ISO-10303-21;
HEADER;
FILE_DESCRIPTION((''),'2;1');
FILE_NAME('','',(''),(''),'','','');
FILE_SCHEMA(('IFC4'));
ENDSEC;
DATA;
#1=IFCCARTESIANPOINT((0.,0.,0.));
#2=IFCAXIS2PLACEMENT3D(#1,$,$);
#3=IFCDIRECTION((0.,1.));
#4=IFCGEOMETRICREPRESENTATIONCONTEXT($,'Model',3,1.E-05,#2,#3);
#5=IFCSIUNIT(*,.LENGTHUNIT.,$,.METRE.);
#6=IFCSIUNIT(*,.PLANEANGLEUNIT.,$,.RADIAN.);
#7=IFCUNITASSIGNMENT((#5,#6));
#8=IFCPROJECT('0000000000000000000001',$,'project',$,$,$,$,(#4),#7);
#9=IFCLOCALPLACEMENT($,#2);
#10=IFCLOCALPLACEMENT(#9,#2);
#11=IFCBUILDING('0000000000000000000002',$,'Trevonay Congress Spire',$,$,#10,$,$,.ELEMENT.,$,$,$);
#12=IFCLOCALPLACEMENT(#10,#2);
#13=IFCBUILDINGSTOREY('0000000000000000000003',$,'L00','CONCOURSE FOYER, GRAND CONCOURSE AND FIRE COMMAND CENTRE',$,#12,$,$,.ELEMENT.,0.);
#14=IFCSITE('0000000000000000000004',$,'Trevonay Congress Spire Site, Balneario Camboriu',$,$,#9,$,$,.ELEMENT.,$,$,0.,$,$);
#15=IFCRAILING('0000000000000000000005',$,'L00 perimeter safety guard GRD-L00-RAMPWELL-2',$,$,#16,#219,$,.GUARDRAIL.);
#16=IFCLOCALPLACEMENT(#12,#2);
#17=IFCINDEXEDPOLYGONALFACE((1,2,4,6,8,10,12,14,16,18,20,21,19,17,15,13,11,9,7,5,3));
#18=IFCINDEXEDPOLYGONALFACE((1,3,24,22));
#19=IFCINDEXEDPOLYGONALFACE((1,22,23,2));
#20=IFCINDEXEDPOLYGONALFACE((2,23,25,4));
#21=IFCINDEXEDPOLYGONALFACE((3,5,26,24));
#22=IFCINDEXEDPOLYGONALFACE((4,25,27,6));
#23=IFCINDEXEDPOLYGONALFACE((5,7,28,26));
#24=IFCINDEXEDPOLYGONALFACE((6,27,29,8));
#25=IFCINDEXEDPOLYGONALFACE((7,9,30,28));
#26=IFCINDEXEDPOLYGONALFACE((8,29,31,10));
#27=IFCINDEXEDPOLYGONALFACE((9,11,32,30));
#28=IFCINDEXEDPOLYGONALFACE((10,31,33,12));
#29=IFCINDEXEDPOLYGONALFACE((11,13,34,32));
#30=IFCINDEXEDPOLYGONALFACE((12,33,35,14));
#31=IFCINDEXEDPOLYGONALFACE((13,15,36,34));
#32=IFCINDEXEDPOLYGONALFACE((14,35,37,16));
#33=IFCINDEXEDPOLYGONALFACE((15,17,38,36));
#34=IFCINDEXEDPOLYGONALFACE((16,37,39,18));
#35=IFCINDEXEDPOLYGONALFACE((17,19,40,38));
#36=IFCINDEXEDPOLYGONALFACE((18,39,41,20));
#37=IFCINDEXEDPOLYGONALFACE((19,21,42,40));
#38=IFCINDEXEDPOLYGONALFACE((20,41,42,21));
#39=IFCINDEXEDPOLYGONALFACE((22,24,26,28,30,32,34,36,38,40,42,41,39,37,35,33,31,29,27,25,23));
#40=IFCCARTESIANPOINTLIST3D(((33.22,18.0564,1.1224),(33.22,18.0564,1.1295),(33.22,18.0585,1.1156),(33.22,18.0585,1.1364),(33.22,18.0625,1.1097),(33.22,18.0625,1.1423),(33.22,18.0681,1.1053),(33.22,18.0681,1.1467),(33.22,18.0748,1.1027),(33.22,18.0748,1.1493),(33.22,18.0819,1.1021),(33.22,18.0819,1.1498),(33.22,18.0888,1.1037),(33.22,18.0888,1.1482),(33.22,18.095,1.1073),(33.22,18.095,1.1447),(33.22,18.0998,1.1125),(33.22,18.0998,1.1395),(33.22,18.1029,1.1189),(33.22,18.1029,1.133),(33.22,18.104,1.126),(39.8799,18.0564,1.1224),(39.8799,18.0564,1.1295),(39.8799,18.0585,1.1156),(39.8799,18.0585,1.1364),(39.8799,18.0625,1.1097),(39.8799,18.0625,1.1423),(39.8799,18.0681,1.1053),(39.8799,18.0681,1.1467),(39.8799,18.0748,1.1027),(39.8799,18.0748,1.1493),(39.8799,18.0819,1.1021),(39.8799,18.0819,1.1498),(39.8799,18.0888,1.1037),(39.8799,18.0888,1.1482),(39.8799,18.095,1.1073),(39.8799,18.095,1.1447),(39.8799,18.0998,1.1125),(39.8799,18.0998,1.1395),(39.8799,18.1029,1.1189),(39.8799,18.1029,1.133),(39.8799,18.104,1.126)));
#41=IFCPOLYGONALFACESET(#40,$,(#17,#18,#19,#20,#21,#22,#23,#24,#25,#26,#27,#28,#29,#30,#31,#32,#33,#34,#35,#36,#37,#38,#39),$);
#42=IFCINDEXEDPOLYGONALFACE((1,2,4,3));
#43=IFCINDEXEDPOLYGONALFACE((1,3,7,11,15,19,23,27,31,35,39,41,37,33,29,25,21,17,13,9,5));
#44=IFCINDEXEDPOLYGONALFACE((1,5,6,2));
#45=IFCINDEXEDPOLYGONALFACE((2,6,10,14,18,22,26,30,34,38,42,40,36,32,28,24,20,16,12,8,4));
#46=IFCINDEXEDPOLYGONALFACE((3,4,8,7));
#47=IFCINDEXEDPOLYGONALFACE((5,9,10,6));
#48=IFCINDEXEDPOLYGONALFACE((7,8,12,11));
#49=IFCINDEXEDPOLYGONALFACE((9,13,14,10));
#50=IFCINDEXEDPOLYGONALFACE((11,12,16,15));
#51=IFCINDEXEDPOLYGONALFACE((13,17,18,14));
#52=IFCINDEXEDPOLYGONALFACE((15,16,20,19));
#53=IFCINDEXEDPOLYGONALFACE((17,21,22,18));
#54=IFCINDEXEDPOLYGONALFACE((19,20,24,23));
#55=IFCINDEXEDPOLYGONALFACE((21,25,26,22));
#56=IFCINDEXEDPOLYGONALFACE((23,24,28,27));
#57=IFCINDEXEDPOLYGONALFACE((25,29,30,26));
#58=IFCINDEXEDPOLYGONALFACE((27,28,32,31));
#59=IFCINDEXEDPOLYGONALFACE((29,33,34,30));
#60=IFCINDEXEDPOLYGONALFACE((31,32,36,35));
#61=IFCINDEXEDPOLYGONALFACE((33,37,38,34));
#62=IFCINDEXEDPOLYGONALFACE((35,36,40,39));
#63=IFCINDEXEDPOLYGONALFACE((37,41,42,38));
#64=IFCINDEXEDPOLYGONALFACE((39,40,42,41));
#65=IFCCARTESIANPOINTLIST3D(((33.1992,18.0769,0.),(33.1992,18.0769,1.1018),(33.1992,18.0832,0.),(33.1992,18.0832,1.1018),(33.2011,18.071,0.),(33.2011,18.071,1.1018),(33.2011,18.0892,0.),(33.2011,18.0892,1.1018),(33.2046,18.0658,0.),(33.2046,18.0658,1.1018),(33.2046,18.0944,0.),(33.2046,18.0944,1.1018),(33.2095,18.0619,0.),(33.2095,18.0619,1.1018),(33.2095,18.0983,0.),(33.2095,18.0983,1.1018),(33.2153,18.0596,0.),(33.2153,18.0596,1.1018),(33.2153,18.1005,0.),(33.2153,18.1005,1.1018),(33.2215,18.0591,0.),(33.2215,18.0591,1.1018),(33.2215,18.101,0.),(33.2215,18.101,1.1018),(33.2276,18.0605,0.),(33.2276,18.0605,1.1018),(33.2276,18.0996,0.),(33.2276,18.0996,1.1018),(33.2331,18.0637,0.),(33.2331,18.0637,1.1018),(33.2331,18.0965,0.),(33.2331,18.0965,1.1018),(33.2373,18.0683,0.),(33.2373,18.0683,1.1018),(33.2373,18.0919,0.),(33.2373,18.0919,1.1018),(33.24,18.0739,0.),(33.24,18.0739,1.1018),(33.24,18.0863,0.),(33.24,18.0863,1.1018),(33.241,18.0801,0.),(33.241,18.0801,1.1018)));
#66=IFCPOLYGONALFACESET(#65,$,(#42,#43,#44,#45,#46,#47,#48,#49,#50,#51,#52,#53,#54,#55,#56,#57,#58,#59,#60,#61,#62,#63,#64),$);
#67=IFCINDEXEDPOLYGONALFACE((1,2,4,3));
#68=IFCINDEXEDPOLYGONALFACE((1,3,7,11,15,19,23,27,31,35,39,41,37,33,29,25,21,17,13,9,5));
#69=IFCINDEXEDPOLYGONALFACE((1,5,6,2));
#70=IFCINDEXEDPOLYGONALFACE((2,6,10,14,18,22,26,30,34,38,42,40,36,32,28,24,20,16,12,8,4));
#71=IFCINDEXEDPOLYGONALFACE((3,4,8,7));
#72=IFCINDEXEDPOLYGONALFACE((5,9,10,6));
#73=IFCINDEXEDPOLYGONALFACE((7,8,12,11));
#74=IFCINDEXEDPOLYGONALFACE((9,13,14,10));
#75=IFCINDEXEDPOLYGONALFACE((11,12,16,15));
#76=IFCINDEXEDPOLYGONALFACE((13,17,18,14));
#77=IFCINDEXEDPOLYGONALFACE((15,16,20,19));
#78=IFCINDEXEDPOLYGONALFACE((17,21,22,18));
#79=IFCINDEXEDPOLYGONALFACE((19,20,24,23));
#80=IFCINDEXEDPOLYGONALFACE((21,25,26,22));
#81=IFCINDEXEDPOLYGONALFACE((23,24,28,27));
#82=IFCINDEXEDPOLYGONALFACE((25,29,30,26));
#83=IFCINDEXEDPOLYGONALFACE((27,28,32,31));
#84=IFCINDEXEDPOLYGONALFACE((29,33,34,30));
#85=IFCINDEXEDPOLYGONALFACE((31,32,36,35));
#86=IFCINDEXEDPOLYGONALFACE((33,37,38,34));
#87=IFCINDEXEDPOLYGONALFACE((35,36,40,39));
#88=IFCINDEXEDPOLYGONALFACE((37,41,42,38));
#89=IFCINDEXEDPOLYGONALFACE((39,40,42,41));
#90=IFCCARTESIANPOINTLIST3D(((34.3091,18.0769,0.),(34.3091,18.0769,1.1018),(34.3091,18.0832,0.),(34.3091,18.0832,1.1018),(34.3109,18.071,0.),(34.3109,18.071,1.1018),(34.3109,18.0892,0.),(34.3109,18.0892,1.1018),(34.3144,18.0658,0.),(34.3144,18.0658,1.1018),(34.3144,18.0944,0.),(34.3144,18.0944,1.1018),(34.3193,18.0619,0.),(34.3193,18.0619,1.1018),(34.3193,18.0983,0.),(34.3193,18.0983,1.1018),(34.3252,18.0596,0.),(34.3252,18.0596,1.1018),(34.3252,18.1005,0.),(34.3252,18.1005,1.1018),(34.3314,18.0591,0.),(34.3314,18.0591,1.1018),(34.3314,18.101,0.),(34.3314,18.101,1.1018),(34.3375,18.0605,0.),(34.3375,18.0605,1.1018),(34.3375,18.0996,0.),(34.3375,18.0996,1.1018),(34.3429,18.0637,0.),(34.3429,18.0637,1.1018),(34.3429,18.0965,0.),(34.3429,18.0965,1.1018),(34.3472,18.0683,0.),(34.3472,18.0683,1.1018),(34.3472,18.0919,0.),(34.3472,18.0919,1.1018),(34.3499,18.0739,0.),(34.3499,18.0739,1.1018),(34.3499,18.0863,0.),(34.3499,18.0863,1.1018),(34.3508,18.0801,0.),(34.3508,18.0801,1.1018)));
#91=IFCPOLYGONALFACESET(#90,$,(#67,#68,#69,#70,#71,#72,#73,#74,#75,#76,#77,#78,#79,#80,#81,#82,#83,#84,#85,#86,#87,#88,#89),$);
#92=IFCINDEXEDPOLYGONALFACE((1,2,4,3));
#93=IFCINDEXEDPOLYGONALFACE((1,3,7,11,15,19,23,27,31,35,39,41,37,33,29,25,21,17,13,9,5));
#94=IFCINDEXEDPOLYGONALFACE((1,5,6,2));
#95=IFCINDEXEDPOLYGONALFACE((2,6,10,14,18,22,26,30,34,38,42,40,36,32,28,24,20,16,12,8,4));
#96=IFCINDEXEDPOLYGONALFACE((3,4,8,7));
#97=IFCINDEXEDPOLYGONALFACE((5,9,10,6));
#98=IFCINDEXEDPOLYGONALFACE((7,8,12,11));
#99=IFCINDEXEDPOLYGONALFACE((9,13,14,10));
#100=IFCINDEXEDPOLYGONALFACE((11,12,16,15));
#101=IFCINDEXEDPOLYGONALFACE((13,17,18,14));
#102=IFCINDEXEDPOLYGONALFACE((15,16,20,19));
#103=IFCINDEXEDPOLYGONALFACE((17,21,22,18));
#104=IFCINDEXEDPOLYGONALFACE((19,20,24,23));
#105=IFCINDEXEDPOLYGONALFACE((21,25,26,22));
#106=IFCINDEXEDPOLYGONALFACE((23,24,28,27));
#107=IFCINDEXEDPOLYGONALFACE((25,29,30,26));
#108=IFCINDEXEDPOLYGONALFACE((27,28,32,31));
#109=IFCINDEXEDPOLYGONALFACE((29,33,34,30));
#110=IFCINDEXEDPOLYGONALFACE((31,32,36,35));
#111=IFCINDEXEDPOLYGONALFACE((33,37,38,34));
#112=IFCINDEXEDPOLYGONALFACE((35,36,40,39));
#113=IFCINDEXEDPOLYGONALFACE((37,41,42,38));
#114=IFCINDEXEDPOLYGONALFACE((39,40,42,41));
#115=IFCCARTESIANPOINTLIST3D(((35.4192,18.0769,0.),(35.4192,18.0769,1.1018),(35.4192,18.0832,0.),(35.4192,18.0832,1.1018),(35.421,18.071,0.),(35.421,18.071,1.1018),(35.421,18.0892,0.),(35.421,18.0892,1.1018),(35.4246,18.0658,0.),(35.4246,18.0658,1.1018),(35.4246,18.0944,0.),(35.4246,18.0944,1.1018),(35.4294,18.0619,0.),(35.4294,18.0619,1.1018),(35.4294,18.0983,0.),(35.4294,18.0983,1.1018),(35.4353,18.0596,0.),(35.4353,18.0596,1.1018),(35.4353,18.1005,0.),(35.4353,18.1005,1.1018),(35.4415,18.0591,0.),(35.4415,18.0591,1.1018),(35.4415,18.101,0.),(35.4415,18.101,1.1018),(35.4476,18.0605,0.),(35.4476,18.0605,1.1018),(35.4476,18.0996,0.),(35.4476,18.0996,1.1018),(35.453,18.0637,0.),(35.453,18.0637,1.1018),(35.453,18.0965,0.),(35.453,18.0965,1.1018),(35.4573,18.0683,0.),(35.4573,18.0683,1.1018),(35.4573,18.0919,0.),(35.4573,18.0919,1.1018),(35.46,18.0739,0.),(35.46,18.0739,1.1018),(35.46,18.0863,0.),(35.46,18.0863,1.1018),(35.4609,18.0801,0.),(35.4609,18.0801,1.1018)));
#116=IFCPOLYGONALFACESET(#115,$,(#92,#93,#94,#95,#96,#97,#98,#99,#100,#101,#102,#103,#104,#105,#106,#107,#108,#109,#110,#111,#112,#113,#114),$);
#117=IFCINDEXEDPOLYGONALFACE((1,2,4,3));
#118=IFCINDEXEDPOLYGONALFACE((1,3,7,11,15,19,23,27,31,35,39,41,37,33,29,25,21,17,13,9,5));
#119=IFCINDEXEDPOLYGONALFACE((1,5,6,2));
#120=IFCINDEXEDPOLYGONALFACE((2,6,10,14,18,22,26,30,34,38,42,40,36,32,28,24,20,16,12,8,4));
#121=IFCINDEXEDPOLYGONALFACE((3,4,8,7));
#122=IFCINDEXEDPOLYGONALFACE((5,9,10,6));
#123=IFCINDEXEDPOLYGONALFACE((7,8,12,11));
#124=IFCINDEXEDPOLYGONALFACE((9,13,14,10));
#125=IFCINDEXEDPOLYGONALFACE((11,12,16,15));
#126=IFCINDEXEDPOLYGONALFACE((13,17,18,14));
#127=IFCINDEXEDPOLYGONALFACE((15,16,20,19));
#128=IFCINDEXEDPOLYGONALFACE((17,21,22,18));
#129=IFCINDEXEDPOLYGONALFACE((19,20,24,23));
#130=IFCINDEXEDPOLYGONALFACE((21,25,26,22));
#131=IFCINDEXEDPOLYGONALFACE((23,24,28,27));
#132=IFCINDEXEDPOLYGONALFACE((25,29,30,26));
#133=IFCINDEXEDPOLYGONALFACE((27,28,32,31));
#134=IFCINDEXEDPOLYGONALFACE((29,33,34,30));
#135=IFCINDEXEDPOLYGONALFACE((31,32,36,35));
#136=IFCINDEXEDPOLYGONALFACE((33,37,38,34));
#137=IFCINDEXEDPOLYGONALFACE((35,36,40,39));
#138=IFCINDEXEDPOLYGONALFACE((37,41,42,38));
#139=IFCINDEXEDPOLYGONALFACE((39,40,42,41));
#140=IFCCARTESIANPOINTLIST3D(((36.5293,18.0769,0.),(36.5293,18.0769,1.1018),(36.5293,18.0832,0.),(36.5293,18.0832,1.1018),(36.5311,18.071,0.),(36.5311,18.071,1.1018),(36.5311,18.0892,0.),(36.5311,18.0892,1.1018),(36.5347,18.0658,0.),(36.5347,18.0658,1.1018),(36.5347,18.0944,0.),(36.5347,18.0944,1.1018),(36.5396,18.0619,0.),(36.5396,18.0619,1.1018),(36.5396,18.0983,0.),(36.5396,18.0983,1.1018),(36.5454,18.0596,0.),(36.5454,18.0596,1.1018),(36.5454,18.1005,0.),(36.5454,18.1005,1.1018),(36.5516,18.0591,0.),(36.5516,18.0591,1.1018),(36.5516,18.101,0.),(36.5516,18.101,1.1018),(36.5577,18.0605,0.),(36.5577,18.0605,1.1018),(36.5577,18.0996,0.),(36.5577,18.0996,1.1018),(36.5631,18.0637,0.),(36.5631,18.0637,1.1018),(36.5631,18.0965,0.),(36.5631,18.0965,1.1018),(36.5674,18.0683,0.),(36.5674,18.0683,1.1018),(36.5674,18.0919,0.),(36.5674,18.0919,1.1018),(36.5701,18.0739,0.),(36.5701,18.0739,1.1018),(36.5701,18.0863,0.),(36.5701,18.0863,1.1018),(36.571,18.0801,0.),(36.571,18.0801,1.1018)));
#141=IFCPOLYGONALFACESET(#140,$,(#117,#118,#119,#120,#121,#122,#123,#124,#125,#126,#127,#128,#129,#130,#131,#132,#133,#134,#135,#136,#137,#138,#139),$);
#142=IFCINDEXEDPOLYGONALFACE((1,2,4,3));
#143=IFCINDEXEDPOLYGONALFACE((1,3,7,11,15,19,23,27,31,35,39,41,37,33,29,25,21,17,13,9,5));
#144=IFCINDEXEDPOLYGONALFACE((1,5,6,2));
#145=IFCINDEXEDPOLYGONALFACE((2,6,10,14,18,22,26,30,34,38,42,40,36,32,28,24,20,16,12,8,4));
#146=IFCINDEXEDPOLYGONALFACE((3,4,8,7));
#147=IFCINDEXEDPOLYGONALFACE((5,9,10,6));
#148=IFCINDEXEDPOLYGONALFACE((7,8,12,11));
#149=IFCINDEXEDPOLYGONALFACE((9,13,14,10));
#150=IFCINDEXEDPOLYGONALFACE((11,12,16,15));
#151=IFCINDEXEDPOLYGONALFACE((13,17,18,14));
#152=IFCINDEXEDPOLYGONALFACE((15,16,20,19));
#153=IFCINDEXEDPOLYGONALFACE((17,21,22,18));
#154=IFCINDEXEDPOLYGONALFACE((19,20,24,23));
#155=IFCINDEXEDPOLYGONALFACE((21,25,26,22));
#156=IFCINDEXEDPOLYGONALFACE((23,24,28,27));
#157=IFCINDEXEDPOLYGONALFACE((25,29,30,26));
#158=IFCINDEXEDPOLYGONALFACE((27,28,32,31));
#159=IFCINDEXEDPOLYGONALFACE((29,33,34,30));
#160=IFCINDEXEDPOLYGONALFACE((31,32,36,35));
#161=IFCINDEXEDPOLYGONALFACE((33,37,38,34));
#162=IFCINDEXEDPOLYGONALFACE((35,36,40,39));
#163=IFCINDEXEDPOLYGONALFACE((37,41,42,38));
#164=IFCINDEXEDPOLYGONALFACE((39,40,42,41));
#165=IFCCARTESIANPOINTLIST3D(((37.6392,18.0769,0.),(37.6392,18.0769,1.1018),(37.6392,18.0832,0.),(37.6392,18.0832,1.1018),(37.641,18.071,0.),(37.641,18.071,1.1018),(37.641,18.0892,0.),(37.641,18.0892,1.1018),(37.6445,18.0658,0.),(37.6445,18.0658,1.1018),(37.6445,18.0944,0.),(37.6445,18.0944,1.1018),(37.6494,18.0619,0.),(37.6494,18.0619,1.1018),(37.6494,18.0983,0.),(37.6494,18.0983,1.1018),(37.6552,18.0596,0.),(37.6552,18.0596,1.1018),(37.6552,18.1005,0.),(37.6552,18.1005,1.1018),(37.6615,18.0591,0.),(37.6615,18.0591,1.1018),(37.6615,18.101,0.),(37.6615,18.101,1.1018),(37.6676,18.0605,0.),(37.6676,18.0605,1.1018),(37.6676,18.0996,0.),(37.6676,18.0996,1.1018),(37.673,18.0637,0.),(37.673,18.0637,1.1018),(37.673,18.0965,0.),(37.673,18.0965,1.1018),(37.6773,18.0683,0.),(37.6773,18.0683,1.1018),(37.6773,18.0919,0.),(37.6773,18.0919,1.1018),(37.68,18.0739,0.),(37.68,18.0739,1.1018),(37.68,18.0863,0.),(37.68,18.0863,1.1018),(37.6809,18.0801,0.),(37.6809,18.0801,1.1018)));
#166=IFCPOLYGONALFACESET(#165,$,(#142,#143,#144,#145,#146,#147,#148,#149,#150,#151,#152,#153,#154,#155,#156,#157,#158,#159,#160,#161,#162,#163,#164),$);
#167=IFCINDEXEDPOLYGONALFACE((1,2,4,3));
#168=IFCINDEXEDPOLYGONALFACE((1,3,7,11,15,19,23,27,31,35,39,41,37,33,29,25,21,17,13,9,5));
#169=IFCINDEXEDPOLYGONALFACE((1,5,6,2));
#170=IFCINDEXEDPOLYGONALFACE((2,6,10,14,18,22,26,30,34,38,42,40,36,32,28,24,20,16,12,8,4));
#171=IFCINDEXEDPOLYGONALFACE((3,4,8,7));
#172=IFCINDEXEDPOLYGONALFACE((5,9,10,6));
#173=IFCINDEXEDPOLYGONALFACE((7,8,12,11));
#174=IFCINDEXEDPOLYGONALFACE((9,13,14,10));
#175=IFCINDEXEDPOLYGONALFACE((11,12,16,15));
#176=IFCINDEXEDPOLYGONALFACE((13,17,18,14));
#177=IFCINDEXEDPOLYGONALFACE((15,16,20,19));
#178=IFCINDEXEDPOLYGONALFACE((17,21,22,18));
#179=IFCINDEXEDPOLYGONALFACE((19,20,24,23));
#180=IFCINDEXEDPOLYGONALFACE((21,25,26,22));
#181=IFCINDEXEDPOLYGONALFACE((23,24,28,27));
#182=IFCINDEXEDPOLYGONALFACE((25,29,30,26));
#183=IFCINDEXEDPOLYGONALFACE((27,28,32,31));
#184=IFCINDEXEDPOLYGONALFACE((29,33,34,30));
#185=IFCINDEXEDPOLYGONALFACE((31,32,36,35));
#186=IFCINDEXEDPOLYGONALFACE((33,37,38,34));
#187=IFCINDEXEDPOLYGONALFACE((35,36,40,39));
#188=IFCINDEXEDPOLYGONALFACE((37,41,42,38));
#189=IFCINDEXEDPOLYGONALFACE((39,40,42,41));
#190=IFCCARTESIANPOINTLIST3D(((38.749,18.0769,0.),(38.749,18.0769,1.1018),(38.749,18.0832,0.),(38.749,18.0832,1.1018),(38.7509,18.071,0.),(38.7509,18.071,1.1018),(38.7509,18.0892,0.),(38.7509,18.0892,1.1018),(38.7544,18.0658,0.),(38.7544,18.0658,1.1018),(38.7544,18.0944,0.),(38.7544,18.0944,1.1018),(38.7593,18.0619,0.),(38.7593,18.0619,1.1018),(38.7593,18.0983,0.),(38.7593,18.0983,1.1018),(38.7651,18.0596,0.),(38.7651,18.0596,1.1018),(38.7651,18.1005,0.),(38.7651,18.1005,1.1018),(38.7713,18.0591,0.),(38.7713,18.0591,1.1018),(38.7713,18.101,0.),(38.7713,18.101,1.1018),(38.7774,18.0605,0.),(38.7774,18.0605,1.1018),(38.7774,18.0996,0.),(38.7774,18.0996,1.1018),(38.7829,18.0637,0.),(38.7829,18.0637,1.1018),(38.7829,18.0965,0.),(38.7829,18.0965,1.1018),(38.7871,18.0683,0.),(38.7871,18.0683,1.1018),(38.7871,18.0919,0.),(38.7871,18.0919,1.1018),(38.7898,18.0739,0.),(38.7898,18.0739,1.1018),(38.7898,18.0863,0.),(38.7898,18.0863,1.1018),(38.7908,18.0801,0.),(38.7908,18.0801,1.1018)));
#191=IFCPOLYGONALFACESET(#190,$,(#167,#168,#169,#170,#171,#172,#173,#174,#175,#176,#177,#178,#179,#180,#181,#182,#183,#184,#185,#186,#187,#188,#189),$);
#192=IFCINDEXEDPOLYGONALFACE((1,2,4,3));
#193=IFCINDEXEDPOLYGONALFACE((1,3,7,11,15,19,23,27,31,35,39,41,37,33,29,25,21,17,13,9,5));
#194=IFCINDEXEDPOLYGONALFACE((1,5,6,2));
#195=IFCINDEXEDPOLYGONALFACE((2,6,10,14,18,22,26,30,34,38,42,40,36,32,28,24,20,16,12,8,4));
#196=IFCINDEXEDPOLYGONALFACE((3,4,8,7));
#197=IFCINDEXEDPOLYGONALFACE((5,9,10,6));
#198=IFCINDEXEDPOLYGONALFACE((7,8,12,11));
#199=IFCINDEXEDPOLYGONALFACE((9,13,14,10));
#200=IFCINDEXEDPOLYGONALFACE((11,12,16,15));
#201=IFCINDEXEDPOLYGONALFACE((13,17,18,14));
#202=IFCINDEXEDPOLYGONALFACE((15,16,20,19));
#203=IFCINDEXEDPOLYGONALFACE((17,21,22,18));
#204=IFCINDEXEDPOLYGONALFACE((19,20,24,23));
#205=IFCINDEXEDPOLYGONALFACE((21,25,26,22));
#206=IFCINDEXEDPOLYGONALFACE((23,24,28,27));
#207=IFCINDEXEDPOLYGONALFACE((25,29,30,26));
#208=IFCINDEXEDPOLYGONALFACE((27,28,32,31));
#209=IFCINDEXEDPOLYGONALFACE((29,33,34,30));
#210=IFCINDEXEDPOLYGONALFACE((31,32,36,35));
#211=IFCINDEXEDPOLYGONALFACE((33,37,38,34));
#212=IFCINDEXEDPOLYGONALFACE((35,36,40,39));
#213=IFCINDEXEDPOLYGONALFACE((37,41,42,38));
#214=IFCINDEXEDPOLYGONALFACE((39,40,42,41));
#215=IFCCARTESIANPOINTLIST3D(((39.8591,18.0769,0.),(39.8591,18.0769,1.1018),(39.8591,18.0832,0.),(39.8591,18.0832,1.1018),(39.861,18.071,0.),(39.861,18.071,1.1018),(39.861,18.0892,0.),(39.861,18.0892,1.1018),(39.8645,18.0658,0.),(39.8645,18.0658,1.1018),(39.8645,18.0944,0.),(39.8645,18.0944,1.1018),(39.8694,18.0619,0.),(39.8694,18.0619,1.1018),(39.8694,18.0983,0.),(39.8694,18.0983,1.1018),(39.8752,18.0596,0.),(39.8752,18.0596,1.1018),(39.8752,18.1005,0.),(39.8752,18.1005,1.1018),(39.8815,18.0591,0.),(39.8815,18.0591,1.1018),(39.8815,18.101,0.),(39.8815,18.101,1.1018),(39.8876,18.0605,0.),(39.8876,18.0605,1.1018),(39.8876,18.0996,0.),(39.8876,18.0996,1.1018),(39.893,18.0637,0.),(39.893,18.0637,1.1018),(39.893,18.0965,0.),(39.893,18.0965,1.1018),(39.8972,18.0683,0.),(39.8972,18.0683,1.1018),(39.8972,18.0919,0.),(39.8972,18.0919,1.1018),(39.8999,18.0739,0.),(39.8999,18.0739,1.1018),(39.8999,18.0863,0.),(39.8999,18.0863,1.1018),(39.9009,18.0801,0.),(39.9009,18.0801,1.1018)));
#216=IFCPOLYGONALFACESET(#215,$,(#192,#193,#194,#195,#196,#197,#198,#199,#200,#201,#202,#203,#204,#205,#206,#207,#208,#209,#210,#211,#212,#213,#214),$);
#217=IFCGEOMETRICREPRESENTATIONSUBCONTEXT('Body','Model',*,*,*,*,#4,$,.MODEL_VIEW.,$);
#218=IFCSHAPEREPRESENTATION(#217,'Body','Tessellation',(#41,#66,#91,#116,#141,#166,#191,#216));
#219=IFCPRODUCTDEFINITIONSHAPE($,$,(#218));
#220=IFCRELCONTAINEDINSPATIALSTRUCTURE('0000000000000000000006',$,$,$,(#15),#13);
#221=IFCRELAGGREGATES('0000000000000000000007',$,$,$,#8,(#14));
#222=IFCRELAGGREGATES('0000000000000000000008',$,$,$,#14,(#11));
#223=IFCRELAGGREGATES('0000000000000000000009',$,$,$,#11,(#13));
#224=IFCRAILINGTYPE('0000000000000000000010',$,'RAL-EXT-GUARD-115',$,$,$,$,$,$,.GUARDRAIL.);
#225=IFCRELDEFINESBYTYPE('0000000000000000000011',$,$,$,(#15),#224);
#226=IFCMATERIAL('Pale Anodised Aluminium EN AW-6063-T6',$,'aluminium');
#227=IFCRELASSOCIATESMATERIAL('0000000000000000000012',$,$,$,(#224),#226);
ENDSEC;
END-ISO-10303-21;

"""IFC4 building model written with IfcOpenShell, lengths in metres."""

from ifc_helpers import new_model, si_unit, direction, frame, origin, origin_2d, place, context, subcontext, project, spatial, circle, extrude, material, type_object, element, save


model = new_model("IFC4")

# Units and contexts
model_context = context("Model", 3, precision=1e-05, world=origin(), true_north=direction((0.0, 1.0)))
body_context = subcontext(model_context, "Body", "Model", "MODEL_VIEW")
ifc_project = project(units=[si_unit("LENGTHUNIT", "METRE"), si_unit("PLANEANGLEUNIT", "RADIAN")], contexts=[model_context])

# Site, building, storey
site_placement = place(None, origin())
site = spatial("IfcSite", under=ifc_project, at=site_placement, Name="Trevonay Congress Spire Site, Balneario Camboriu", CompositionType="ELEMENT", RefElevation=0.0)
building_placement = place(site_placement, origin())
building = spatial("IfcBuilding", under=site, at=building_placement, Name="Trevonay Congress Spire", CompositionType="ELEMENT")
storey_placement = place(building_placement, origin())
storey = spatial("IfcBuildingStorey", under=building, at=storey_placement, Name="L00", Description="CONCOURSE FOYER, GRAND CONCOURSE AND FIRE COMMAND CENTRE", CompositionType="ELEMENT", Elevation=0.0)

# Shared definitions
ifc_material_1 = material(Name="Pale Anodised Aluminium EN AW-6063-T6", Category="aluminium")

# Railing
railing_type_1 = type_object("IfcRailingType", Name="RAL-EXT-GUARD-115", PredefinedType="GUARDRAIL", material=ifc_material_1)
railing_1_placement = place(storey_placement, frame((33.22, 18.0801, 0.0)))
element("IfcRailing", 1, at=railing_1_placement, inside=storey, type_object=railing_type_1, Name="L00 perimeter safety guard GRD-L00-RAMPWELL-2", PredefinedType="GUARDRAIL", context=body_context, shape_type="SweptSolid", body=[
    extrude(circle(Radius=0.0239, at=origin_2d()), frame((0.0, 0.0, 1.126), z_axis=(1.0, 0.0, 0.0), x_axis=(0.0, 1.0, 0.0)), (0.0, 0.0, 1.0), 6.6599),
    extrude(circle(Radius=0.021, at=origin_2d()), origin(), (0.0, 0.0, 1.0), 1.1018),
    extrude(circle(Radius=0.021, at=origin_2d()), frame((1.1099, 0.0, 0.0)), (0.0, 0.0, 1.0), 1.1018),
    extrude(circle(Radius=0.021, at=origin_2d()), frame((2.22, 0.0, 0.0)), (0.0, 0.0, 1.0), 1.1018),
    extrude(circle(Radius=0.021, at=origin_2d()), frame((3.3301, 0.0, 0.0)), (0.0, 0.0, 1.0), 1.1018),
    extrude(circle(Radius=0.021, at=origin_2d()), frame((4.4399, 0.0, 0.0)), (0.0, 0.0, 1.0), 1.1018),
    extrude(circle(Radius=0.021, at=origin_2d()), frame((5.5498, 0.0, 0.0)), (0.0, 0.0, 1.0), 1.1018),
    extrude(circle(Radius=0.021, at=origin_2d()), frame((6.6599, 0.0, 0.0)), (0.0, 0.0, 1.0), 1.1018),
])

save(model, "model.ifc")
